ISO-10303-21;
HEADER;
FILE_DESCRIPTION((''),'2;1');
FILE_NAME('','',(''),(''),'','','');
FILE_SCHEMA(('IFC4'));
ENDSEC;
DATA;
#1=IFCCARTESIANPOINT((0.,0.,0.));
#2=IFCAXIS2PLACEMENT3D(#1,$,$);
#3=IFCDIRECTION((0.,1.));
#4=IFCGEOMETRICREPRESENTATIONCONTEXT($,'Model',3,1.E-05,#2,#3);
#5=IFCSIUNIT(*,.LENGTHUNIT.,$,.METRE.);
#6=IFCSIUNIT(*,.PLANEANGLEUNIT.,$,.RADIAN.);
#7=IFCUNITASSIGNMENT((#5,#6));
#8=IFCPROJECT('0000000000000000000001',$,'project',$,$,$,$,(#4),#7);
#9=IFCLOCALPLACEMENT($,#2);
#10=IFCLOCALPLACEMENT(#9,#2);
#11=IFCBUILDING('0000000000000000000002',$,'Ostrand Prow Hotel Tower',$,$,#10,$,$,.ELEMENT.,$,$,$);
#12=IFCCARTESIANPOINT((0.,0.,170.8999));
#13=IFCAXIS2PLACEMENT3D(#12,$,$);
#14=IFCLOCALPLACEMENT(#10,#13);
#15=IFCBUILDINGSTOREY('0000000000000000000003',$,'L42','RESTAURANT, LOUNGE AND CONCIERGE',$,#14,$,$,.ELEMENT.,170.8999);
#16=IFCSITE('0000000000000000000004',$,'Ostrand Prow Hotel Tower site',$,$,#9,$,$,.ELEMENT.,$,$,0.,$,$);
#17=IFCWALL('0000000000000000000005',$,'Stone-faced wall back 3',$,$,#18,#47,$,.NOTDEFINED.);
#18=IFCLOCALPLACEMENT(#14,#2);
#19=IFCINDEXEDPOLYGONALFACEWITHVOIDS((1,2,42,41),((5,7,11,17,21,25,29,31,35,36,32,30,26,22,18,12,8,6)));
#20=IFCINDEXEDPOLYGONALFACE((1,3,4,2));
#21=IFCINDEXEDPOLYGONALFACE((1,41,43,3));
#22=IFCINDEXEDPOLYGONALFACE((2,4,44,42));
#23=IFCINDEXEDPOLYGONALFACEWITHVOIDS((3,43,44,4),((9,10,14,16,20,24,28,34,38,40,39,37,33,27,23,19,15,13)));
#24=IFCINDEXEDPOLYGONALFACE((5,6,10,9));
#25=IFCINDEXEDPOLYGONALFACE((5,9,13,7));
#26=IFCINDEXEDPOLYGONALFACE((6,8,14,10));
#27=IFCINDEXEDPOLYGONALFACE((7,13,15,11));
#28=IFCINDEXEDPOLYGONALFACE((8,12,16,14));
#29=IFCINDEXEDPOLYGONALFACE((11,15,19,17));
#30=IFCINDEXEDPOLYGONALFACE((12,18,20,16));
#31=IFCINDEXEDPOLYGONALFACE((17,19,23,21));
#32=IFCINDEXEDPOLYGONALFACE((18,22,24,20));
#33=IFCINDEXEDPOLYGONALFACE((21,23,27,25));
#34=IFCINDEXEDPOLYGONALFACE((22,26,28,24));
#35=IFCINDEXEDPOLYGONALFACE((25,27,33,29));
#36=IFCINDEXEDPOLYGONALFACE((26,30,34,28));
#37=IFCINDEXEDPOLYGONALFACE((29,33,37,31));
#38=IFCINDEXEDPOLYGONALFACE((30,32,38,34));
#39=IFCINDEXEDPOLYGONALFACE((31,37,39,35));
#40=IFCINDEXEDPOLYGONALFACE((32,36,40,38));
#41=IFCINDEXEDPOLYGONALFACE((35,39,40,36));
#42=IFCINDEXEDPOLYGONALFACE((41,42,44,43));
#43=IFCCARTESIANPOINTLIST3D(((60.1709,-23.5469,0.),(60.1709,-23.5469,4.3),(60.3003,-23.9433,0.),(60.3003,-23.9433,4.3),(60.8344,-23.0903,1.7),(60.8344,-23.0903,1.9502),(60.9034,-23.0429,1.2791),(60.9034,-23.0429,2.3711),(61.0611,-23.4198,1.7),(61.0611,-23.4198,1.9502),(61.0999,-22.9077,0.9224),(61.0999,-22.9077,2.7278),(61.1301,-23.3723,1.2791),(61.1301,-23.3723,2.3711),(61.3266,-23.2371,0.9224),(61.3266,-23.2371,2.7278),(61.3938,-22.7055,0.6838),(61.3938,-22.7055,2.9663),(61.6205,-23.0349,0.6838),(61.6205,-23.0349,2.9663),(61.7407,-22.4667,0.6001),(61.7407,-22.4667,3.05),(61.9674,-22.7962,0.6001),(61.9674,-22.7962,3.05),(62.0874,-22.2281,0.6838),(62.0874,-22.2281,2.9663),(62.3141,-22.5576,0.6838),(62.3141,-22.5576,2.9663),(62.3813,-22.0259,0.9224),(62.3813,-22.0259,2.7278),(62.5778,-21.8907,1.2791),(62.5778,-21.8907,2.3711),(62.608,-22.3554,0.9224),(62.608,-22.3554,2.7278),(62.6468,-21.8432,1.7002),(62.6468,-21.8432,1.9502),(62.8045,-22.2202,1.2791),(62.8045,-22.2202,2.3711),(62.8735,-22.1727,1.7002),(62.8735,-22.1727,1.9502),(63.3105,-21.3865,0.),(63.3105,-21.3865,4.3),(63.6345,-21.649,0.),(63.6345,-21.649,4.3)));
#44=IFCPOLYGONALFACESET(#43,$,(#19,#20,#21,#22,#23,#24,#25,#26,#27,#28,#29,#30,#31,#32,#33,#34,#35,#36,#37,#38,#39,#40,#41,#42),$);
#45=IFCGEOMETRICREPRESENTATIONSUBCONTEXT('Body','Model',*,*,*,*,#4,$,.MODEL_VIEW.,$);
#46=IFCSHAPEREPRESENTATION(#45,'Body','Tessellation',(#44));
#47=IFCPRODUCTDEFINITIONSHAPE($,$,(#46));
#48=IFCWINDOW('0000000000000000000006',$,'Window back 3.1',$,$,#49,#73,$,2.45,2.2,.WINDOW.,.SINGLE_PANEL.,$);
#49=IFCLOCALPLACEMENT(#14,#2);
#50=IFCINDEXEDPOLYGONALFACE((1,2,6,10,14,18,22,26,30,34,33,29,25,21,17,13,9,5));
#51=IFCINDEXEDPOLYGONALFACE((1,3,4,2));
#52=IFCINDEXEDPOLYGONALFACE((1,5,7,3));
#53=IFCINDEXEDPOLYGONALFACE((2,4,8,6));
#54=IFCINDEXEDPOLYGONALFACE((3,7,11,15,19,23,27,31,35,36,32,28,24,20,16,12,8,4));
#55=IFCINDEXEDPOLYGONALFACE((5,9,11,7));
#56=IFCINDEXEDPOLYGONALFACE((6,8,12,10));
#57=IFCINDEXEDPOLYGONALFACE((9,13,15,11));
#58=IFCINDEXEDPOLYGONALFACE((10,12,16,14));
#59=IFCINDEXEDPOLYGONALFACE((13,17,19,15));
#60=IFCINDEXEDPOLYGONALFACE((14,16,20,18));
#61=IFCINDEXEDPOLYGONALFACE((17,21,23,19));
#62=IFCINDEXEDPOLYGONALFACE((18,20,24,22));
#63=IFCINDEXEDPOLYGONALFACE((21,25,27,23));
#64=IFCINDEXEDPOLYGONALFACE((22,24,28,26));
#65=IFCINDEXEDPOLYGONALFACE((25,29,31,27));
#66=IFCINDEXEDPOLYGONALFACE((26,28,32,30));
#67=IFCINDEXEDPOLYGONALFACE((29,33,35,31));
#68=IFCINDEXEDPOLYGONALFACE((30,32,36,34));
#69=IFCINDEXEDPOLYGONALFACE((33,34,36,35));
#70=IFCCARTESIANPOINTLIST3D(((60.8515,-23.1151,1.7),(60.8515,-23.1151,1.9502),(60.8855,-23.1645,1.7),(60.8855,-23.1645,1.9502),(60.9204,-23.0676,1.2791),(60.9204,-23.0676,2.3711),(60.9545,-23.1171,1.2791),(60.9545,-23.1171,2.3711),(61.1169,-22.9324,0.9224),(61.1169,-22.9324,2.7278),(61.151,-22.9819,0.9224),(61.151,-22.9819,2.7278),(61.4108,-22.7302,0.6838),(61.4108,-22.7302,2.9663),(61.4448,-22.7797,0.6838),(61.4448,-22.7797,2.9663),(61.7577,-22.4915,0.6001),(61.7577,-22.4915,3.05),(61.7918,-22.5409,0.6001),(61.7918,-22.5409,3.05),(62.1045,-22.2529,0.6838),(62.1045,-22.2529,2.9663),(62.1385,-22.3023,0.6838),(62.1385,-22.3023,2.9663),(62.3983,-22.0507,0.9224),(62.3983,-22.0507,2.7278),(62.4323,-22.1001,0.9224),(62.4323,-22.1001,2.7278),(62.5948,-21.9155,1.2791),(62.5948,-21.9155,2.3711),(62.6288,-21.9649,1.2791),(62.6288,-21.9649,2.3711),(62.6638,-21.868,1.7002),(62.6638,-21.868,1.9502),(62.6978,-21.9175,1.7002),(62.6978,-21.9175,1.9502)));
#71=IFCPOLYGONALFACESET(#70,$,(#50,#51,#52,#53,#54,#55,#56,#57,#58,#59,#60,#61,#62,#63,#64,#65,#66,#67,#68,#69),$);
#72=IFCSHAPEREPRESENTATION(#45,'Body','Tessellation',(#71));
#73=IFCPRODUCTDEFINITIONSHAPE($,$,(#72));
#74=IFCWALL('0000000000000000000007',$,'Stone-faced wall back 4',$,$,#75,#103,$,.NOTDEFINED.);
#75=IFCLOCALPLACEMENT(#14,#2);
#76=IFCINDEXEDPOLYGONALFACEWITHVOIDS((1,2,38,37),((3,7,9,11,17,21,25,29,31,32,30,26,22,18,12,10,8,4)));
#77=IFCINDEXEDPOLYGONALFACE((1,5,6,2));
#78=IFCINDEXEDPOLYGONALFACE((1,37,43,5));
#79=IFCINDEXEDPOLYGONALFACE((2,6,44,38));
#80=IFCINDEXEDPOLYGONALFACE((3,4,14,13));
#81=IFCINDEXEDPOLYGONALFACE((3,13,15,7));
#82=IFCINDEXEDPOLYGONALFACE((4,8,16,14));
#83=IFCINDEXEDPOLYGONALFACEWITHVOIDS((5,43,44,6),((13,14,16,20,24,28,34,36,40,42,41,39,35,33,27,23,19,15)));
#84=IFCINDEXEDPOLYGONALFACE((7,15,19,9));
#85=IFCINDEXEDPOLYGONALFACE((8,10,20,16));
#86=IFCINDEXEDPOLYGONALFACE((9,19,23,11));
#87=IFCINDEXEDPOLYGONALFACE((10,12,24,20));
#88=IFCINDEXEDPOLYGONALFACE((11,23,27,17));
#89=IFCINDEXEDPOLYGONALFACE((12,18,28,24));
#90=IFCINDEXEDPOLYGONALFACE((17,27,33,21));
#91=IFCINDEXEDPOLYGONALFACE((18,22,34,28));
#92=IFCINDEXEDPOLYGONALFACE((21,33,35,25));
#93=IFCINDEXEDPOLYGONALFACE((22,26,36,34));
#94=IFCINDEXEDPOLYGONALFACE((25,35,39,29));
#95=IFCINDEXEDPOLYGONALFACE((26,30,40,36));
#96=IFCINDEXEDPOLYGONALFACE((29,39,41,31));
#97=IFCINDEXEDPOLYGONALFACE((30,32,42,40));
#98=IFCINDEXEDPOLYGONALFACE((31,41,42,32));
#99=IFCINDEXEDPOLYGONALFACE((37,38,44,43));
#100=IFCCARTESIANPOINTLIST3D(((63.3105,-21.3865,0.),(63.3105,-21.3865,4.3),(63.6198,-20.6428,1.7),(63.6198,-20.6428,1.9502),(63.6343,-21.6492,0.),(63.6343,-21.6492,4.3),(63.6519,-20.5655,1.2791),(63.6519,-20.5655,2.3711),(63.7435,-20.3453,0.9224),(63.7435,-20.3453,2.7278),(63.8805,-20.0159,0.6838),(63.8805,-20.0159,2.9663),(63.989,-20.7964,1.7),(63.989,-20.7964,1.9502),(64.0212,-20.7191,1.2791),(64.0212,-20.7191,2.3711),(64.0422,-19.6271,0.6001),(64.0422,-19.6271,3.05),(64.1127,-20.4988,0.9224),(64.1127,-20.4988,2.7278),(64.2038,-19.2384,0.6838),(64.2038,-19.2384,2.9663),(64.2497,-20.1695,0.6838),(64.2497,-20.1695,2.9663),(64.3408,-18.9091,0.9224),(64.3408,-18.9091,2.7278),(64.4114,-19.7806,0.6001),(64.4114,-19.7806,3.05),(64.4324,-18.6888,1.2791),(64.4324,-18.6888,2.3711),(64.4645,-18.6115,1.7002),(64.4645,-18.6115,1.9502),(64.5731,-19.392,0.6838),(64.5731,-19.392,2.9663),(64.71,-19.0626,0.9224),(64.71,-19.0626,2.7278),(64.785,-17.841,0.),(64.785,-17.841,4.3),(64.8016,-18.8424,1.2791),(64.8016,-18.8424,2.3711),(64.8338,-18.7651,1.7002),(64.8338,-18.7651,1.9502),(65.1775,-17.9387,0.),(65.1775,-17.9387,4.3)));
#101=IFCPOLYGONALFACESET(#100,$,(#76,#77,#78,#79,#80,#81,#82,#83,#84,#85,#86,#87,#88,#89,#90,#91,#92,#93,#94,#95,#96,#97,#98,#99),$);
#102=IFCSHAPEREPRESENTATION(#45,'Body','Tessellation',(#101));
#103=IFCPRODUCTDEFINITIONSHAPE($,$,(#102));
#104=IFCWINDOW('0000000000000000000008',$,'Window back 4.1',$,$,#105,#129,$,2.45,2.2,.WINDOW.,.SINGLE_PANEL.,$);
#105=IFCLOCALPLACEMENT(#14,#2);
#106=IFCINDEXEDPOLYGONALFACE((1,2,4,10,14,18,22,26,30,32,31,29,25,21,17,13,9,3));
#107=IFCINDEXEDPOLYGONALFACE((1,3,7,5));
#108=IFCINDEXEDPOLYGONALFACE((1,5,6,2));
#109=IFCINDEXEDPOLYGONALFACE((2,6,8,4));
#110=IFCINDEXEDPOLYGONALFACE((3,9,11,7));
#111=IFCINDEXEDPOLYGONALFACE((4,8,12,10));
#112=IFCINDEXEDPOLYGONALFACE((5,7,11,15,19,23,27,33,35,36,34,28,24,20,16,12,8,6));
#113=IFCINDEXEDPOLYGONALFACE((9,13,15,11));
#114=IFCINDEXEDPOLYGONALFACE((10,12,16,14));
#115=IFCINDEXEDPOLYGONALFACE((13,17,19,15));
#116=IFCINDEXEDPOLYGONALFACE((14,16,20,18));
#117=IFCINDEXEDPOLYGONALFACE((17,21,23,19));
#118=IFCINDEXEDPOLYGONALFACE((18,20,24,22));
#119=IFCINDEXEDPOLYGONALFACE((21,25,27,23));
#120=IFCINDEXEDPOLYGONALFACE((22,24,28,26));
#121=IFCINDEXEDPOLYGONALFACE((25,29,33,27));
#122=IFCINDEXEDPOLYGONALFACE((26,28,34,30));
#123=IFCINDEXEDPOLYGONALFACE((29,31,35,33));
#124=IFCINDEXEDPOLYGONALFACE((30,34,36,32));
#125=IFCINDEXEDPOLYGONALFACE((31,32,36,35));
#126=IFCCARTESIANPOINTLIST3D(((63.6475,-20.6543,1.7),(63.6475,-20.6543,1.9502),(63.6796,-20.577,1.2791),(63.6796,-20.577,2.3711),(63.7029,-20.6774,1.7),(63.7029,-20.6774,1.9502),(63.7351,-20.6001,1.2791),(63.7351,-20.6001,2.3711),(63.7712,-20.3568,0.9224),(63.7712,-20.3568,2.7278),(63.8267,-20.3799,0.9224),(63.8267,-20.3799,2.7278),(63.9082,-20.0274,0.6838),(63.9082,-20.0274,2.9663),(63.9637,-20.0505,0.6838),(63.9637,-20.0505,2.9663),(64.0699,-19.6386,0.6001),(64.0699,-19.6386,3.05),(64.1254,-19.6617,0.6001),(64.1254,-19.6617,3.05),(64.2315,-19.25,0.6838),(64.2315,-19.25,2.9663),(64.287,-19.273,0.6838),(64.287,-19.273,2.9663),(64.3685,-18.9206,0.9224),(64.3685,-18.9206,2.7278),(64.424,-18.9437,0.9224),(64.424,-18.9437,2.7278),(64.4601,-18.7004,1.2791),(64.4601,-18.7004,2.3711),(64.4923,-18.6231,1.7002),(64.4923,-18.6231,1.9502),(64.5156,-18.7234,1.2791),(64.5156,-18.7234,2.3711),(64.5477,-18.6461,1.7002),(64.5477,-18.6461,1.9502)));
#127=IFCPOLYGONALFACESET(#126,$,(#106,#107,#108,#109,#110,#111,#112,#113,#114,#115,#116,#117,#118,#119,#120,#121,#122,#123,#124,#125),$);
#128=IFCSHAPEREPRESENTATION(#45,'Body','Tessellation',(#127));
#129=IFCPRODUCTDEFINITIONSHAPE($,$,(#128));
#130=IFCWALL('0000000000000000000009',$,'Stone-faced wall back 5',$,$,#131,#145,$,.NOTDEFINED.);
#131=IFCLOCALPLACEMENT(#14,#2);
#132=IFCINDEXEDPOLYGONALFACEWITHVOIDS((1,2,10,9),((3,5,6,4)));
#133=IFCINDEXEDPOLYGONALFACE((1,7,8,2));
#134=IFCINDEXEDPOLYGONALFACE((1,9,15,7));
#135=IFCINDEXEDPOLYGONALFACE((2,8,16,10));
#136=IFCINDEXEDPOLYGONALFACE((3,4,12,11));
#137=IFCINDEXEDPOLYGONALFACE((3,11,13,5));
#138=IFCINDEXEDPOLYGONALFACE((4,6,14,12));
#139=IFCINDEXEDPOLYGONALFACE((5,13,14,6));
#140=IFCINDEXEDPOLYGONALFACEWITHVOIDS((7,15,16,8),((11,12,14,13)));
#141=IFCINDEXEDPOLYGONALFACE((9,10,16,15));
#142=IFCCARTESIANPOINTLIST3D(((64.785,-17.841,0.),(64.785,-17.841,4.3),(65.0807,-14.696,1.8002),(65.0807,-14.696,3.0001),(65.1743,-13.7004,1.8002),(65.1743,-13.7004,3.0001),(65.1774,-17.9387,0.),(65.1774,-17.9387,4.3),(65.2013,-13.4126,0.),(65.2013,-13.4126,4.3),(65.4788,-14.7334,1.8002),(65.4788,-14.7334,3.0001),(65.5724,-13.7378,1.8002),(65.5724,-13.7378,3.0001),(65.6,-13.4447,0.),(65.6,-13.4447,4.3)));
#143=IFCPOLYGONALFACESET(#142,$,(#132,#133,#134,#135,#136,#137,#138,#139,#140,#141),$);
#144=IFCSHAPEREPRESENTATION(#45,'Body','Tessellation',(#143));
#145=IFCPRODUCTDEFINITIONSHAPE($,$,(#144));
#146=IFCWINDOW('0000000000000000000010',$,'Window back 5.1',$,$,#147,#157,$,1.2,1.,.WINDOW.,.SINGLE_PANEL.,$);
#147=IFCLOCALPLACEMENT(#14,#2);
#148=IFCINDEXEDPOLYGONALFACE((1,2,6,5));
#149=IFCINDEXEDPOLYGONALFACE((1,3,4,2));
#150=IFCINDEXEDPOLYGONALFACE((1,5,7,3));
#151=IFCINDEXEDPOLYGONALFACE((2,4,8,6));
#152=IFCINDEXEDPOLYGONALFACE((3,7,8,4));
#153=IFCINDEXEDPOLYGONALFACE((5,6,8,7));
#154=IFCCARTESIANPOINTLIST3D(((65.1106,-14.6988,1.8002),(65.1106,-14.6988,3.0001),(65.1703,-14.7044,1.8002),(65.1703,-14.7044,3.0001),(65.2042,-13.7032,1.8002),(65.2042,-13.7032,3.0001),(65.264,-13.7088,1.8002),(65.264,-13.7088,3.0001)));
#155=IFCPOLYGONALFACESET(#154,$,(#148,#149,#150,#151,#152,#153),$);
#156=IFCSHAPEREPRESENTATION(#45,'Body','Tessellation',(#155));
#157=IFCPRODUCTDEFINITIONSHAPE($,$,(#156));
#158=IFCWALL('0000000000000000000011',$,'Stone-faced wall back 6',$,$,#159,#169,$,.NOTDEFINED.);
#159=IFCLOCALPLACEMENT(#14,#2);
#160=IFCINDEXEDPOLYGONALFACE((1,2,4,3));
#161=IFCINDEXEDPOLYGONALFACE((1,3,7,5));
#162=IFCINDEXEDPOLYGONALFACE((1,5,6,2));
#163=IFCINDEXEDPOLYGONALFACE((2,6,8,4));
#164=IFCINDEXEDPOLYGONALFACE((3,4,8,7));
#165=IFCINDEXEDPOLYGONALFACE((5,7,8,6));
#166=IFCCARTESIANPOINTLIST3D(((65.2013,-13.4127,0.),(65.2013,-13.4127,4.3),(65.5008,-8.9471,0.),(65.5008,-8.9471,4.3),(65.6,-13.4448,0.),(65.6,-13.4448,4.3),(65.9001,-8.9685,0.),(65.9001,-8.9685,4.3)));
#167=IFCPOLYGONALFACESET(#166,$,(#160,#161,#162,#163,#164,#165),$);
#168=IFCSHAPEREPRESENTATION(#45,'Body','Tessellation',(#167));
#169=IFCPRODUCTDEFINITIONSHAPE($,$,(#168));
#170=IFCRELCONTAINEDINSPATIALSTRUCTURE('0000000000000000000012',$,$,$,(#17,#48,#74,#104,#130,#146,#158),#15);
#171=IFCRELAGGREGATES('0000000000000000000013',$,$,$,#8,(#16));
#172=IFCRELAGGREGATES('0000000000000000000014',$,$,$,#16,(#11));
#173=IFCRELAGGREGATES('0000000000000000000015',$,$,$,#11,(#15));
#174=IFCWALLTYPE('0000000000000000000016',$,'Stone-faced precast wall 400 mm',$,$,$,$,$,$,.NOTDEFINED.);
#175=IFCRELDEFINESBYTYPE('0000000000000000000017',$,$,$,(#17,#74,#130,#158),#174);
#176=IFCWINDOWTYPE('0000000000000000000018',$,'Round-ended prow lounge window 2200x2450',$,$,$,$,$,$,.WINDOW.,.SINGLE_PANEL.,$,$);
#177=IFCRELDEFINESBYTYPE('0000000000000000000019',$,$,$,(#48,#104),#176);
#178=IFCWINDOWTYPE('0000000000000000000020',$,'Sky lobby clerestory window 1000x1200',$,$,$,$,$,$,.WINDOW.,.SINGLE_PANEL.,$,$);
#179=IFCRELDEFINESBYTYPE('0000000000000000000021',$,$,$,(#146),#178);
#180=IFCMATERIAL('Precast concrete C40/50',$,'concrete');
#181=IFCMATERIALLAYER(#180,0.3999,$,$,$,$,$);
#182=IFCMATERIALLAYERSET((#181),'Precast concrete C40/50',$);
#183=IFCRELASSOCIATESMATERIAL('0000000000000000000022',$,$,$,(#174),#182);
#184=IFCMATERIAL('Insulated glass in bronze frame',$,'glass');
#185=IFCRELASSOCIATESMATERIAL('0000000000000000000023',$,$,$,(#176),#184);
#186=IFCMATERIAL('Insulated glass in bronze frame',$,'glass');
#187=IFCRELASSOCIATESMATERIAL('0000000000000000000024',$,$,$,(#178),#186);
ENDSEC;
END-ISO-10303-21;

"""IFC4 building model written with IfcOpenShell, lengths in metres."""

from ifc_helpers import new_model, si_unit, direction, frame, frame_2d, origin, place, context, subcontext, project, spatial, polyline, rectangle, outline, extrude, material, layer, layer_set, type_object, element, fill, save


model = new_model("IFC4")

# Units and contexts
model_context = context("Model", 3, precision=1e-05, world=origin(), true_north=direction((0.0, 1.0)))
body_context = subcontext(model_context, "Body", "Model", "MODEL_VIEW")
ifc_project = project(units=[si_unit("LENGTHUNIT", "METRE"), si_unit("PLANEANGLEUNIT", "RADIAN")], contexts=[model_context])

# Site, building, storey
site_placement = place(None, origin())
site = spatial("IfcSite", under=ifc_project, at=site_placement, Name="Ostrand Prow Hotel Tower site", CompositionType="ELEMENT", RefElevation=0.0)
building_placement = place(site_placement, origin())
building = spatial("IfcBuilding", under=site, at=building_placement, Name="Ostrand Prow Hotel Tower", CompositionType="ELEMENT")
storey_placement = place(building_placement, frame((0.0, 0.0, 170.8999)))
storey = spatial("IfcBuildingStorey", under=building, at=storey_placement, Name="L42", Description="RESTAURANT, LOUNGE AND CONCIERGE", CompositionType="ELEMENT", Elevation=170.8999)

# Walls, openings, windows
ifc_material_1 = material(Name="Precast concrete C40/50", Category="concrete")
ifc_layer_1 = layer(ifc_material_1, 0.3999)
ifc_layer_set_1 = layer_set([ifc_layer_1], Name="Precast concrete C40/50")
wall_type_1 = type_object("IfcWallType", Name="Stone-faced precast wall 400 mm", PredefinedType="NOTDEFINED", material=ifc_layer_set_1)
ifc_material_2 = material(Name="Insulated glass in bronze frame", Category="glass")
window_type_1 = type_object("IfcWindowType", Name="Round-ended prow lounge window 2200x2450", PartitioningType="SINGLE_PANEL", PredefinedType="WINDOW", material=ifc_material_2)
wall_1_placement = place(storey_placement, frame((60.2356, -23.7451, 0.0), z_axis=(0.0, 0.0, 1.0), x_axis=(0.823806, 0.566872, 0.0)))
wall_1 = element("IfcWall", 1, at=wall_1_placement, inside=storey, type_object=wall_type_1, Name="Stone-faced wall back 3", PredefinedType="NOTDEFINED", context=body_context, shape_type="SweptSolid", body=[
    extrude(outline(polyline([(-0.0591, -0.2), (3.9883, -0.2), (3.8701, 0.2), (0.0591, 0.2), (-0.0591, -0.2)])), origin(), (0.0, 0.0, 1.0), 4.3),
])
opening_1_placement = place(wall_1_placement, frame((0.8645, 0.0, 0.6001)))
opening_1 = element("IfcOpeningElement", 2, at=opening_1_placement, cuts=wall_1, PredefinedType="OPENING", context=body_context, shape_type="SweptSolid", body=[
    extrude(outline(polyline([(0.0, 1.3501), (0.0837, 1.771), (0.3223, 2.1277), (0.679, 2.3662), (1.1001, 2.45), (1.521, 2.3662), (1.8777, 2.1277), (2.1162, 1.771), (2.2, 1.3501), (2.2, 1.1001), (2.1162, 0.679), (1.8777, 0.3223), (1.521, 0.0837), (1.1001, 0.0), (0.679, 0.0837), (0.3223, 0.3223), (0.0837, 0.679), (0.0, 1.0999), (0.0, 1.3501)])), frame((0.0, 0.21, 0.0), z_axis=(0.0, -1.0, 0.0), x_axis=(1.0, 0.0, 0.0)), (0.0, 0.0, 1.0), 0.4199),
])
window_1_placement = place(opening_1_placement, origin())
window_1 = element("IfcWindow", 3, at=window_1_placement, inside=storey, type_object=window_type_1, Name="Window back 3.1", OverallHeight=2.45, OverallWidth=2.2, PartitioningType="SINGLE_PANEL", PredefinedType="WINDOW", context=body_context, shape_type="SweptSolid", body=[
    extrude(outline(polyline([(0.0, 1.3501), (0.0837, 1.771), (0.3223, 2.1277), (0.679, 2.3662), (1.1001, 2.45), (1.521, 2.3662), (1.8777, 2.1277), (2.1162, 1.771), (2.2, 1.3501), (2.2, 1.1001), (2.1162, 0.679), (1.8777, 0.3223), (1.521, 0.0837), (1.1001, 0.0), (0.679, 0.0837), (0.3223, 0.3223), (0.0837, 0.679), (0.0, 1.0999), (0.0, 1.3501)])), frame((0.0, 0.1699, 0.0), z_axis=(0.0, -1.0, 0.0), x_axis=(1.0, 0.0, 0.0)), (0.0, 0.0, 1.0), 0.0601),
])
fill(opening_1, window_1)
wall_2_placement = place(storey_placement, frame((63.4724, -21.5178, 0.0), z_axis=(0.0, 0.0, 1.0), x_axis=(0.383998, 0.923334, 0.0)))
wall_2 = element("IfcWall", 4, at=wall_2_placement, inside=storey, type_object=wall_type_1, Name="Stone-faced wall back 4", PredefinedType="NOTDEFINED", context=body_context, shape_type="SweptSolid", body=[
    extrude(outline(polyline([(-0.0591, -0.2), (3.9595, -0.2), (3.8989, 0.2), (0.0591, 0.2), (-0.0591, -0.2)])), origin(), (0.0, 0.0, 1.0), 4.3),
])
opening_2_placement = place(wall_2_placement, frame((0.8645, 0.0, 0.6001)))
opening_2 = element("IfcOpeningElement", 5, at=opening_2_placement, cuts=wall_2, PredefinedType="OPENING", context=body_context, shape_type="SweptSolid", body=[
    extrude(outline(polyline([(0.0, 1.3501), (0.0837, 1.771), (0.3223, 2.1277), (0.679, 2.3662), (1.1001, 2.45), (1.521, 2.3662), (1.8777, 2.1277), (2.1162, 1.771), (2.2, 1.3501), (2.2, 1.1001), (2.1162, 0.679), (1.8777, 0.3223), (1.521, 0.0837), (1.1001, 0.0), (0.679, 0.0837), (0.3223, 0.3223), (0.0837, 0.679), (0.0, 1.0999), (0.0, 1.3501)])), frame((0.0, 0.21, 0.0), z_axis=(0.0, -1.0, 0.0), x_axis=(1.0, 0.0, 0.0)), (0.0, 0.0, 1.0), 0.4199),
])
window_2_placement = place(opening_2_placement, origin())
window_2 = element("IfcWindow", 6, at=window_2_placement, inside=storey, type_object=window_type_1, Name="Window back 4.1", OverallHeight=2.45, OverallWidth=2.2, PartitioningType="SINGLE_PANEL", PredefinedType="WINDOW", context=body_context, shape_type="SweptSolid", body=[
    extrude(outline(polyline([(0.0, 1.3501), (0.0837, 1.771), (0.3223, 2.1277), (0.679, 2.3662), (1.1001, 2.45), (1.521, 2.3662), (1.8777, 2.1277), (2.1162, 1.771), (2.2, 1.3501), (2.2, 1.1001), (2.1162, 0.679), (1.8777, 0.3223), (1.521, 0.0837), (1.1001, 0.0), (0.679, 0.0837), (0.3223, 0.3223), (0.0837, 0.679), (0.0, 1.0999), (0.0, 1.3501)])), frame((0.0, 0.1699, 0.0), z_axis=(0.0, -1.0, 0.0), x_axis=(1.0, 0.0, 0.0)), (0.0, 0.0, 1.0), 0.0601),
])
fill(opening_2, window_2)
wall_3_placement = place(storey_placement, frame((64.9812, -17.8899, 0.0), z_axis=(0.0, 0.0, 1.0), x_axis=(0.093606, 0.995609, 0.0)))
wall_3 = element("IfcWall", 7, at=wall_3_placement, inside=storey, type_object=wall_type_1, Name="Stone-faced wall back 5", PredefinedType="NOTDEFINED", context=body_context, shape_type="SweptSolid", body=[
    extrude(outline(polyline([(-0.0303, -0.2), (4.4836, -0.2), (4.4783, 0.2), (0.0303, 0.2), (-0.0303, -0.2)])), origin(), (0.0, 0.0, 1.0), 4.3),
])
opening_3_placement = place(wall_3_placement, frame((3.1892, 0.0, 1.8)))
opening_3 = element("IfcOpeningElement", 8, at=opening_3_placement, cuts=wall_3, PredefinedType="OPENING", context=body_context, shape_type="SweptSolid", body=[
    extrude(rectangle(XDim=1.0, YDim=1.2, at=frame_2d((0.5, 0.6001))), frame((0.0, 0.21, 0.0), z_axis=(0.0, -1.0, 0.0), x_axis=(1.0, 0.0, 0.0)), (0.0, 0.0, 1.0), 0.4199),
])
ifc_material_3 = material(Name="Insulated glass in bronze frame", Category="glass")
window_type_2 = type_object("IfcWindowType", Name="Sky lobby clerestory window 1000x1200", PartitioningType="SINGLE_PANEL", PredefinedType="WINDOW", material=ifc_material_3)
window_3_placement = place(opening_3_placement, origin())
window_3 = element("IfcWindow", 9, at=window_3_placement, inside=storey, type_object=window_type_2, Name="Window back 5.1", OverallHeight=1.2, OverallWidth=1.0, PartitioningType="SINGLE_PANEL", PredefinedType="WINDOW", context=body_context, shape_type="SweptSolid", body=[
    extrude(rectangle(XDim=1.0, YDim=1.2, at=frame_2d((0.5, 0.6001))), frame((0.0, 0.1699, 0.0), z_axis=(0.0, -1.0, 0.0), x_axis=(1.0, 0.0, 0.0)), (0.0, 0.0, 1.0), 0.0601),
])
fill(opening_3, window_3)

# Wall
wall_4_placement = place(storey_placement, frame((65.4006, -13.4287, 0.0), z_axis=(0.0, 0.0, 1.0), x_axis=(0.066906, 0.997759, 0.0)))
element("IfcWall", 10, at=wall_4_placement, inside=storey, type_object=wall_type_1, Name="Stone-faced wall back 6", PredefinedType="NOTDEFINED", context=body_context, shape_type="SweptSolid", body=[
    extrude(outline(polyline([(-0.0027, -0.2), (4.4836, -0.2), (4.4783, 0.2), (0.0027, 0.2), (-0.0027, -0.2)])), origin(), (0.0, 0.0, 1.0), 4.3),
])

save(model, "model.ifc")
